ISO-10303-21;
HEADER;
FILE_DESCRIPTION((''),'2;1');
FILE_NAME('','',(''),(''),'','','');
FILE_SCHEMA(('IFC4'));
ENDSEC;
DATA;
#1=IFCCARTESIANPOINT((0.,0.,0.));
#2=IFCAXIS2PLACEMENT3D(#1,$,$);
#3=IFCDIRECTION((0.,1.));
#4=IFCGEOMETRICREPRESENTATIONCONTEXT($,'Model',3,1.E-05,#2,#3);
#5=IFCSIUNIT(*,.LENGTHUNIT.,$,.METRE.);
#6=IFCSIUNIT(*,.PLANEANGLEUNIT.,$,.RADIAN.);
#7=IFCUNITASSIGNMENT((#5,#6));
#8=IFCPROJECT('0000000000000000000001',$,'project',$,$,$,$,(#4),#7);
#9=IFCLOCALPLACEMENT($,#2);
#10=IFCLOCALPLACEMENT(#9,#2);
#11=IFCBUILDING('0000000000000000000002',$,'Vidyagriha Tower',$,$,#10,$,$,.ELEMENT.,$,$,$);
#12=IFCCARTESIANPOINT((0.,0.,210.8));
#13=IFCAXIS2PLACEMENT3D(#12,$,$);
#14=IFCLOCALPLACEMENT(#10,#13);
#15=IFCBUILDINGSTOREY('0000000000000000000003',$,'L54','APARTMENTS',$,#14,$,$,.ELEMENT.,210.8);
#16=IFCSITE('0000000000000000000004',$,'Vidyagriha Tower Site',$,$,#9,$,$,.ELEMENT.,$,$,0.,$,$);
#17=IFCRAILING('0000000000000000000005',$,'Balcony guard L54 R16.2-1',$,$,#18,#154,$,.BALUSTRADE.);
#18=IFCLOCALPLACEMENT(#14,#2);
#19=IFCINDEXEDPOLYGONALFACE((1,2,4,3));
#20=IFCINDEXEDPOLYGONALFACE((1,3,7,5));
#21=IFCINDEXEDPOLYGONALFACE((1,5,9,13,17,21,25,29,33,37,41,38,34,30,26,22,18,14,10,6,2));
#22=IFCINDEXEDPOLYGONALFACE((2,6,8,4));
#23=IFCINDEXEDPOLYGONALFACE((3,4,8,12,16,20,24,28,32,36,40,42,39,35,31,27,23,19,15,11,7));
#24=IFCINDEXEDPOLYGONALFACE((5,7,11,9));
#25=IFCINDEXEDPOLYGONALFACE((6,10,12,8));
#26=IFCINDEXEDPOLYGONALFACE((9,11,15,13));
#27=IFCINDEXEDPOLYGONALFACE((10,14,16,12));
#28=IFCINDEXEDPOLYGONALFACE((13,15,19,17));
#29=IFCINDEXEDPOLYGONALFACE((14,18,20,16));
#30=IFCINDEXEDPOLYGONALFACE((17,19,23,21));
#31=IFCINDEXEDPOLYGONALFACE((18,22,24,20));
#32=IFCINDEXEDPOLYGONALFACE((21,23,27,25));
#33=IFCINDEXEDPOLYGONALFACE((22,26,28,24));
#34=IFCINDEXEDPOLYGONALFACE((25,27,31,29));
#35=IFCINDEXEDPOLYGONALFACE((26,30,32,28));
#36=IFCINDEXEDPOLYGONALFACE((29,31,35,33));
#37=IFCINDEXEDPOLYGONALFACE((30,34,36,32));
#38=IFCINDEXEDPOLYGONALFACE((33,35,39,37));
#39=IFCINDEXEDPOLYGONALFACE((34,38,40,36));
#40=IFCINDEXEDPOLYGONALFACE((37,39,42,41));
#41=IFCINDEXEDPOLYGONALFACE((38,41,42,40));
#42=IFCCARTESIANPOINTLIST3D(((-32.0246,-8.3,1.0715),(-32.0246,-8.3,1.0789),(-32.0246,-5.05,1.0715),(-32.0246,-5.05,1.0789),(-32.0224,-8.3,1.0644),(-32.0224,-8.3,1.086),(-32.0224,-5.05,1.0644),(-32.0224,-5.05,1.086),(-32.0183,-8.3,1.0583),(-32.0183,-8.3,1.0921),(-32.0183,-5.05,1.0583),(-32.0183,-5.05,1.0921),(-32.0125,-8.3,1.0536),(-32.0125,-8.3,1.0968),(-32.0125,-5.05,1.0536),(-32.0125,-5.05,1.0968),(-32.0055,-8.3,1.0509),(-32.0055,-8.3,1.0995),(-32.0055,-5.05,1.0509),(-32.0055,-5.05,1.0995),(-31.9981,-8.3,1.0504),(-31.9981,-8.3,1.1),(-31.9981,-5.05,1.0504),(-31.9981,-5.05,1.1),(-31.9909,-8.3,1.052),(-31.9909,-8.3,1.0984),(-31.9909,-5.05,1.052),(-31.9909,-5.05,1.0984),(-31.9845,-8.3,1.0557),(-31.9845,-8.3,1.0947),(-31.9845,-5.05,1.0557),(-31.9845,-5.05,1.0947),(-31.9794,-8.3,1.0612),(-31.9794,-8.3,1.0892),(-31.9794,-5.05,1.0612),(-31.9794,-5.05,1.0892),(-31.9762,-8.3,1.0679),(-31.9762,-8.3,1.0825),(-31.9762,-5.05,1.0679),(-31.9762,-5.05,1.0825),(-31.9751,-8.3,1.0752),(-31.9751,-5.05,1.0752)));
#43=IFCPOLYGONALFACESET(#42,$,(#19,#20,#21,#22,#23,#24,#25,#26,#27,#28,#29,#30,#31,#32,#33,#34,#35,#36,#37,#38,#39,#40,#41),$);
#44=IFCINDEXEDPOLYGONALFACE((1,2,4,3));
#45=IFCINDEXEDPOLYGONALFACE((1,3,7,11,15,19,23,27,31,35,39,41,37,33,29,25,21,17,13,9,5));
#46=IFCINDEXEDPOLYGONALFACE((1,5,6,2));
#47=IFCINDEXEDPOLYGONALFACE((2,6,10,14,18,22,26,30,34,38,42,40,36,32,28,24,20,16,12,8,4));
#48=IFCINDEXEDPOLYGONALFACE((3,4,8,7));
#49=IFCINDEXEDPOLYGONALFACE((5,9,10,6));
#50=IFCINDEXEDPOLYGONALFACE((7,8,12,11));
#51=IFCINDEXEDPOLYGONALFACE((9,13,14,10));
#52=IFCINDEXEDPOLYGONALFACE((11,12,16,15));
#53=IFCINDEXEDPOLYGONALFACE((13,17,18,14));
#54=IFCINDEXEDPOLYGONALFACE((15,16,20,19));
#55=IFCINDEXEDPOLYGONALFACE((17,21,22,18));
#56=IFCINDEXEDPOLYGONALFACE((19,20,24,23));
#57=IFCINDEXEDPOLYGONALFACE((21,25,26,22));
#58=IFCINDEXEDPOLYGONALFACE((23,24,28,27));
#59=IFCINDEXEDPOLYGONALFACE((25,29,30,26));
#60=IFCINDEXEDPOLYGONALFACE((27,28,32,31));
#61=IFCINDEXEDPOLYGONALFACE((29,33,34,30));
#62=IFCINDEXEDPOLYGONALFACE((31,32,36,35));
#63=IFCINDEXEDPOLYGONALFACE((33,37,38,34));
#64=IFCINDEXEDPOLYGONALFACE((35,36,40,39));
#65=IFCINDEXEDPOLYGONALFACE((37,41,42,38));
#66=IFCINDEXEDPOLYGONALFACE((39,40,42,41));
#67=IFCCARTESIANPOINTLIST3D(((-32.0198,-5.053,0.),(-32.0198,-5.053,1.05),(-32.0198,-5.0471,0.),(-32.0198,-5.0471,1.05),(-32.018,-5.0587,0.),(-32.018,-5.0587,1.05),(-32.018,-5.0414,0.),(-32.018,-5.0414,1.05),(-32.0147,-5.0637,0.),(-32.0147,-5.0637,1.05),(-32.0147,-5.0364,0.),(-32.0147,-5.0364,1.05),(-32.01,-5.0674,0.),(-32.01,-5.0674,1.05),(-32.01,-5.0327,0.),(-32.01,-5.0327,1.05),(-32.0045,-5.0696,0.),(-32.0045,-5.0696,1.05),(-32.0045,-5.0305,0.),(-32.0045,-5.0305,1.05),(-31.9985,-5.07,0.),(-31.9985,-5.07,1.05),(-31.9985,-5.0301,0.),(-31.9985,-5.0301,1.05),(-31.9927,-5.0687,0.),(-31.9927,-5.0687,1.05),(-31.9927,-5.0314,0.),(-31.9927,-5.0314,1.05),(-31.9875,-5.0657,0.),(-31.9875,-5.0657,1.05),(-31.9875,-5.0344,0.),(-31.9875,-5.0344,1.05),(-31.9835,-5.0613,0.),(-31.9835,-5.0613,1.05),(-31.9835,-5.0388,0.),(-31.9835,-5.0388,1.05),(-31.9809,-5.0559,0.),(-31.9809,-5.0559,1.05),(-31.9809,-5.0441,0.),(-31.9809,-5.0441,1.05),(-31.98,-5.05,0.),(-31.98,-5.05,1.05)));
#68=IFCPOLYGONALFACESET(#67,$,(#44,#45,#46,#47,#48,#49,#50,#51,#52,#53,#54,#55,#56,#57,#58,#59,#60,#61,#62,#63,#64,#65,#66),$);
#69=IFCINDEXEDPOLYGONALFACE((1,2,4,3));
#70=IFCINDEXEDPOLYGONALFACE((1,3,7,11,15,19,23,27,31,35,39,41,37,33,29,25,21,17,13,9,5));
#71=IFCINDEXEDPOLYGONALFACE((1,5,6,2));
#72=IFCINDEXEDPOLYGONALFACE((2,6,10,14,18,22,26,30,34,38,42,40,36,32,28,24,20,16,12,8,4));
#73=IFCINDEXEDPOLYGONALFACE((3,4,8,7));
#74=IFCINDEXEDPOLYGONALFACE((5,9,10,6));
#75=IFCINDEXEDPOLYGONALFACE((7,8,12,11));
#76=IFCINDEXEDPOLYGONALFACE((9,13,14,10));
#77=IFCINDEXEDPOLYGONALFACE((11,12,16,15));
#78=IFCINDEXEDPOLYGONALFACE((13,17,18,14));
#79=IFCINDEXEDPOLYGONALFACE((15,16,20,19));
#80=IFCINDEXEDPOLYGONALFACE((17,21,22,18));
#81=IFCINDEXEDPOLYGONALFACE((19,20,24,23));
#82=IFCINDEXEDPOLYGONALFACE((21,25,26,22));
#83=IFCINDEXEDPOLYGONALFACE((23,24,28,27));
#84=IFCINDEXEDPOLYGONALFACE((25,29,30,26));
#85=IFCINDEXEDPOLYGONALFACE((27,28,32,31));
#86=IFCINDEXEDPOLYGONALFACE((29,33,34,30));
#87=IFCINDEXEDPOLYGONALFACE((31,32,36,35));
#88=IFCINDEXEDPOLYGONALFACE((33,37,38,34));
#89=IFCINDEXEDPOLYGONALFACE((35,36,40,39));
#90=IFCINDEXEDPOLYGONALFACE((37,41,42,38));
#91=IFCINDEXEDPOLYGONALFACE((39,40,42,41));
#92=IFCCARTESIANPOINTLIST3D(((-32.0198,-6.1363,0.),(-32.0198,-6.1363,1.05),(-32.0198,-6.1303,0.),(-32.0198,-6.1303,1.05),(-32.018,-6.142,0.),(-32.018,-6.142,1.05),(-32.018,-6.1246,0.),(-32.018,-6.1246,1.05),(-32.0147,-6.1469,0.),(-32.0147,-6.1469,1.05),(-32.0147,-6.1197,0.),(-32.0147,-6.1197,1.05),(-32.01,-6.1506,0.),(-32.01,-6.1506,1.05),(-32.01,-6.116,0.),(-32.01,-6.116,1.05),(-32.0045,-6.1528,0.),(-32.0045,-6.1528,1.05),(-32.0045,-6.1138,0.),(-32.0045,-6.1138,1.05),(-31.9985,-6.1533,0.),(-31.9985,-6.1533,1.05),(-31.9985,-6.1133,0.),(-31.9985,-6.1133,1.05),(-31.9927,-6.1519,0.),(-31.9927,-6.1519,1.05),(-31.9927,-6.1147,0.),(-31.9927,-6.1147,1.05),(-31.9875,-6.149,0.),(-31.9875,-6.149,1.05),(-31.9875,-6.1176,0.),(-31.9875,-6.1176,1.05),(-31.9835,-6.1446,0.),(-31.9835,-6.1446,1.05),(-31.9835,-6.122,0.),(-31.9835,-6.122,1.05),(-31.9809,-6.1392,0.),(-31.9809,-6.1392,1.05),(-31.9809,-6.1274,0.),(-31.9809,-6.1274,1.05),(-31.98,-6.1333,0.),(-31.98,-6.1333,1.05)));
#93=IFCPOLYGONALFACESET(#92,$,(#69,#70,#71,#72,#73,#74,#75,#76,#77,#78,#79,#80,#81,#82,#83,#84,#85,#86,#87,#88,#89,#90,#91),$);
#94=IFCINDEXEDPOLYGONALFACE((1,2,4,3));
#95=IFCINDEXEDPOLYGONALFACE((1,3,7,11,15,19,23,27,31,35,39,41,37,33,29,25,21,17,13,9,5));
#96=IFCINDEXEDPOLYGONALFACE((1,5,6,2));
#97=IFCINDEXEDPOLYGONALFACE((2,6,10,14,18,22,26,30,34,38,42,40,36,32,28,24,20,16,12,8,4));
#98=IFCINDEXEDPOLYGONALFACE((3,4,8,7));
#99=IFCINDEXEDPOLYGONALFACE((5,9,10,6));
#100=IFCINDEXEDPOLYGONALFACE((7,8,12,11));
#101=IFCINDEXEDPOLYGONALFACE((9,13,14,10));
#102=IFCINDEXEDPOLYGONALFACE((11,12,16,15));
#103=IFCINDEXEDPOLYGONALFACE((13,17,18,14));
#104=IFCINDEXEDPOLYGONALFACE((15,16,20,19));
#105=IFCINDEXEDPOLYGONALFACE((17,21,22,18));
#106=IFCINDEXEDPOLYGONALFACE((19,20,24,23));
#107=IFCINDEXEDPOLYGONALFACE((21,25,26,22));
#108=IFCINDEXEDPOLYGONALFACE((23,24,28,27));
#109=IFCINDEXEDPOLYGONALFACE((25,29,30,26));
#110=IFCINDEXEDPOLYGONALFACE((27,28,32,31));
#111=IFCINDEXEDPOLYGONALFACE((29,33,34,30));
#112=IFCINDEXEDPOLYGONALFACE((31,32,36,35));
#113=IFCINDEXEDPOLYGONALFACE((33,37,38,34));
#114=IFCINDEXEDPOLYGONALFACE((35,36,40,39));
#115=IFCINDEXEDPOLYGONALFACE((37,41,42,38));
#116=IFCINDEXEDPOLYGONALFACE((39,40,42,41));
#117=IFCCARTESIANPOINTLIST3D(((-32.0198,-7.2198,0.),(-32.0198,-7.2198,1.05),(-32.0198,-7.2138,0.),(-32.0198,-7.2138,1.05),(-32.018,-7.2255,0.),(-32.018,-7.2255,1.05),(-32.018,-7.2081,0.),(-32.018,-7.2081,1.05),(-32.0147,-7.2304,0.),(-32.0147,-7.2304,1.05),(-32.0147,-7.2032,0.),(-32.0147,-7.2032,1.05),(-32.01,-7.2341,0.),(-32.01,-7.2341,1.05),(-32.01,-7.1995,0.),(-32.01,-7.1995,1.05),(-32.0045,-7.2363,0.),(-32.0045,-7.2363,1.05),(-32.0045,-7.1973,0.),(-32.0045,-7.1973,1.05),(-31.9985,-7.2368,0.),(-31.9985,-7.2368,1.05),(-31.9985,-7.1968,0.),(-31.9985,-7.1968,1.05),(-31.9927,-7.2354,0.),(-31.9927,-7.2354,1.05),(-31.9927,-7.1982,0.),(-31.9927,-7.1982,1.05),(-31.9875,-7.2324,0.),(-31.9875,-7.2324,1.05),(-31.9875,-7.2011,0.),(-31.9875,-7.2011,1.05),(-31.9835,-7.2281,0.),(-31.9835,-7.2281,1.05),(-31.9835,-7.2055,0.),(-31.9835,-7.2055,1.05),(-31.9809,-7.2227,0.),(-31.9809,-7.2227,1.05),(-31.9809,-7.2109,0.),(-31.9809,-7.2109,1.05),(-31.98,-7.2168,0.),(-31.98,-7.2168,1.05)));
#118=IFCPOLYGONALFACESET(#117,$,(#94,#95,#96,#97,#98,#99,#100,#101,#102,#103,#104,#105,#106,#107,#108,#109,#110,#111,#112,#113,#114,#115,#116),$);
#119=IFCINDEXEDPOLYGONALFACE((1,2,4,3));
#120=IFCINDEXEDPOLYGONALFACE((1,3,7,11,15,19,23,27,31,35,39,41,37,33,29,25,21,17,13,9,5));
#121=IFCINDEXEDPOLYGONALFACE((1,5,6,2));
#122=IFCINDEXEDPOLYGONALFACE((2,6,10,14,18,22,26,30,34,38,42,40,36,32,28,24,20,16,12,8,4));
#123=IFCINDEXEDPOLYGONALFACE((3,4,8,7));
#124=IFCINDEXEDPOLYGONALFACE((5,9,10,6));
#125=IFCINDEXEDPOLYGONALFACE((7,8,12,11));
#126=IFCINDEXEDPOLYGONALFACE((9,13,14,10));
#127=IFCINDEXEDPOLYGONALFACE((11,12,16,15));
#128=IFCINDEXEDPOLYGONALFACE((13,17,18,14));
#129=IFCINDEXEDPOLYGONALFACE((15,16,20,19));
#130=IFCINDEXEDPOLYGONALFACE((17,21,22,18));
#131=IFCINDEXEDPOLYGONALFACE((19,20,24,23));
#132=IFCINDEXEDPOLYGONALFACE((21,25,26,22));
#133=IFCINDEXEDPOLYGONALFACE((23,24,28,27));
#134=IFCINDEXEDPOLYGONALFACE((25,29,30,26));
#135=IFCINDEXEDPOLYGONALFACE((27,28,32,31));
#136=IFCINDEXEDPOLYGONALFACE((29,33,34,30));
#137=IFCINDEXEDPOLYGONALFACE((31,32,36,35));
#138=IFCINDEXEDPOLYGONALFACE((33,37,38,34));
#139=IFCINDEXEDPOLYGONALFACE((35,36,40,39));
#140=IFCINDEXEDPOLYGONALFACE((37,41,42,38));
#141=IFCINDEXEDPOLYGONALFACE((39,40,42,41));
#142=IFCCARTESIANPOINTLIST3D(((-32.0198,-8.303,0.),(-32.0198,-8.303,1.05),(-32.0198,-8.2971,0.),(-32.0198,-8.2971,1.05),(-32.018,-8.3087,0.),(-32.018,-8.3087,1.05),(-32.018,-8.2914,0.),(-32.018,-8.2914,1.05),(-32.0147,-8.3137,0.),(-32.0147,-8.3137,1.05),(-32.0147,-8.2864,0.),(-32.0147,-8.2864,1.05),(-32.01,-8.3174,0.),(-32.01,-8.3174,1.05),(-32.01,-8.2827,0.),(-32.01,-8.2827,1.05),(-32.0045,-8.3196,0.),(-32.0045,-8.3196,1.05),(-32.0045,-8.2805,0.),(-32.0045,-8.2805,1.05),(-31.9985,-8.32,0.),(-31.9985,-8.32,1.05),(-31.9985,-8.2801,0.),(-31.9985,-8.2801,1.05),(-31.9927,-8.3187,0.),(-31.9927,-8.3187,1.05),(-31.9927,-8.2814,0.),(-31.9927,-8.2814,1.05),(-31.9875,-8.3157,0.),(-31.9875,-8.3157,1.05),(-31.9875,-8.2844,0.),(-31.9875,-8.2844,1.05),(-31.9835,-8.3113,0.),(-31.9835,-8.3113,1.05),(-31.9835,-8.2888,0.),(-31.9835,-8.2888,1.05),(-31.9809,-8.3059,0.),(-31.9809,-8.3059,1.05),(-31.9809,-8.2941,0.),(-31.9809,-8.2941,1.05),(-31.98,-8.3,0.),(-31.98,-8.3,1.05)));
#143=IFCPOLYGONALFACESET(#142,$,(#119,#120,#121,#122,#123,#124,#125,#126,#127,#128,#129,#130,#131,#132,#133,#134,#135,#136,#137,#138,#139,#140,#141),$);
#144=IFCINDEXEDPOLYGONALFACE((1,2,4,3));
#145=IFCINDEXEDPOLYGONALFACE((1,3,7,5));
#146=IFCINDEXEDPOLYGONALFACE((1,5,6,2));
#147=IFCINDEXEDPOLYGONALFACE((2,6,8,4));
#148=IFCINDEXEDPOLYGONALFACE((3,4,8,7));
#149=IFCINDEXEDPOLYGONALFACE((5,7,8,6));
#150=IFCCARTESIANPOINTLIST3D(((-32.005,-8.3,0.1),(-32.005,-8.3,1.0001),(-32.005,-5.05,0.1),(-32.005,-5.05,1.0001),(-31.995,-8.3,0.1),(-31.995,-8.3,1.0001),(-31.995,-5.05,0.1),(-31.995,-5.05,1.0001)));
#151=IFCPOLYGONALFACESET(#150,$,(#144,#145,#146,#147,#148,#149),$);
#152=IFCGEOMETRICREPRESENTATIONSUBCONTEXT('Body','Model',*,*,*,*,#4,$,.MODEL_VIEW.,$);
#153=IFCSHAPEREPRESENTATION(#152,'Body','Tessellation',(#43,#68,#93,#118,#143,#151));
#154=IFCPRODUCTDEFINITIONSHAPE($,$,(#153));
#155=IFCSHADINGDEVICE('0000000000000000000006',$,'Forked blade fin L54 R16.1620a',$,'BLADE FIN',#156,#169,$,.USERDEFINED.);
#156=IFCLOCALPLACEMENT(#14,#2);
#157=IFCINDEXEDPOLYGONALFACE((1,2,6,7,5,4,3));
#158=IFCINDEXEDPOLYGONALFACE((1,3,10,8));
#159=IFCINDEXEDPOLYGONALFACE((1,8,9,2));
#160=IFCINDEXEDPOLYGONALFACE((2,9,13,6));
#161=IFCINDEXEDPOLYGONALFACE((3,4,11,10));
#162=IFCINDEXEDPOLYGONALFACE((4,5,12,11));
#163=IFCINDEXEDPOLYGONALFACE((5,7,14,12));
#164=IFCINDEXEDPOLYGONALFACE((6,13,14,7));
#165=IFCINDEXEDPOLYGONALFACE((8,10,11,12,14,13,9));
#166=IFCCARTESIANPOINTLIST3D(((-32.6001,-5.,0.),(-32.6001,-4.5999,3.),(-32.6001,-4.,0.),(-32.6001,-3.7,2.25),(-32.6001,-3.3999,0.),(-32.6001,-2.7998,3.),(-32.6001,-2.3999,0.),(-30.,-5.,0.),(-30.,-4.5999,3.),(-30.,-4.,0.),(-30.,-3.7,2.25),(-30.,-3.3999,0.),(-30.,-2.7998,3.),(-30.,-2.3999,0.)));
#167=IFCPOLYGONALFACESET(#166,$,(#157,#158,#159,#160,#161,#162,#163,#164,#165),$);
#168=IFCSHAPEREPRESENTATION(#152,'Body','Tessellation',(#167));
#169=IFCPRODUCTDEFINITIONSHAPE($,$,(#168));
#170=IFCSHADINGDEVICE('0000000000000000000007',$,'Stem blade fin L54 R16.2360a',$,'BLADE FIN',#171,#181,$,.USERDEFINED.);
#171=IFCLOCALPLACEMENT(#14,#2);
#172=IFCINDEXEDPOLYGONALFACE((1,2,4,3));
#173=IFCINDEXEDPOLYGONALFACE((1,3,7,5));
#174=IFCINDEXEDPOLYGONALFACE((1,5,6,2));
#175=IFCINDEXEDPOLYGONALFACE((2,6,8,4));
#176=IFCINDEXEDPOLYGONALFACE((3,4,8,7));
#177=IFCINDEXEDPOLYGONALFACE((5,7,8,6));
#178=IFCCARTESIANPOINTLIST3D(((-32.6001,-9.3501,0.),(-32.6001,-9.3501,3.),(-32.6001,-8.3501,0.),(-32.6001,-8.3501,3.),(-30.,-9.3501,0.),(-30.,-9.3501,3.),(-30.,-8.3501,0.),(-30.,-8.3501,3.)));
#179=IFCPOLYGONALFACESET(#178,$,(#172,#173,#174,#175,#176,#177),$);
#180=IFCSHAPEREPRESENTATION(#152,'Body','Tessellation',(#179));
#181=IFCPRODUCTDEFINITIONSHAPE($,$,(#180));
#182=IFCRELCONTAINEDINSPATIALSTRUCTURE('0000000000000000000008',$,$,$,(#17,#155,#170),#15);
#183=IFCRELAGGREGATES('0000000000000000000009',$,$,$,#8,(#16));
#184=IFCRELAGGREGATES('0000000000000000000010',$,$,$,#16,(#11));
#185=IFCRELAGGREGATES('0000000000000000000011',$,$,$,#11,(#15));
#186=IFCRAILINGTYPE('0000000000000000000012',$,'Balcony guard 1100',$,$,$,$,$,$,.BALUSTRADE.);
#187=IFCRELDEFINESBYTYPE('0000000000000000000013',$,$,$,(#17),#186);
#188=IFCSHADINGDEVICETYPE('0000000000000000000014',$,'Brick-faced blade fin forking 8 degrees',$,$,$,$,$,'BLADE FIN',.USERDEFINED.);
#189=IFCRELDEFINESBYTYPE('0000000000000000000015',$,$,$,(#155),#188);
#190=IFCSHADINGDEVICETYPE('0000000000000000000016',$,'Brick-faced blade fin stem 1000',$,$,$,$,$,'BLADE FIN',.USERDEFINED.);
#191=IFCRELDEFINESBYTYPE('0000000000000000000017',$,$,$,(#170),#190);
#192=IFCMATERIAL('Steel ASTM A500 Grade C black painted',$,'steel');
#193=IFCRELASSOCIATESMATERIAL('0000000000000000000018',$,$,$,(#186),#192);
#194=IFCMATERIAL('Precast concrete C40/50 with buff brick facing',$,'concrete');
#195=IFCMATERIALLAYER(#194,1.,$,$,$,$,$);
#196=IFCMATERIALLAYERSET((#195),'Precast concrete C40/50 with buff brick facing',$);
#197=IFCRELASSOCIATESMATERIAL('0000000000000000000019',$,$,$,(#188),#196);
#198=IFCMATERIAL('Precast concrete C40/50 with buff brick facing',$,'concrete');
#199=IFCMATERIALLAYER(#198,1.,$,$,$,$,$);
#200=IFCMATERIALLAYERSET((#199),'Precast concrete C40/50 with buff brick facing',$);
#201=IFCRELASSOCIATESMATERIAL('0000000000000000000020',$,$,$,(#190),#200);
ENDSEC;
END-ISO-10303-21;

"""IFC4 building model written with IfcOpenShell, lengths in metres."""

from ifc_helpers import new_model, si_unit, direction, frame, origin, origin_2d, place, context, subcontext, project, spatial, polyline, rectangle, circle, outline, extrude, material, layer, layer_set, type_object, element, save


model = new_model("IFC4")

# Units and contexts
model_context = context("Model", 3, precision=1e-05, world=origin(), true_north=direction((0.0, 1.0)))
body_context = subcontext(model_context, "Body", "Model", "MODEL_VIEW")
ifc_project = project(units=[si_unit("LENGTHUNIT", "METRE"), si_unit("PLANEANGLEUNIT", "RADIAN")], contexts=[model_context])

# Site, building, storey
site_placement = place(None, origin())
site = spatial("IfcSite", under=ifc_project, at=site_placement, Name="Vidyagriha Tower Site", CompositionType="ELEMENT", RefElevation=0.0)
building_placement = place(site_placement, origin())
building = spatial("IfcBuilding", under=site, at=building_placement, Name="Vidyagriha Tower", CompositionType="ELEMENT")
storey_placement = place(building_placement, frame((0.0, 0.0, 210.8)))
storey = spatial("IfcBuildingStorey", under=building, at=storey_placement, Name="L54", Description="APARTMENTS", CompositionType="ELEMENT", Elevation=210.8)

# Railing
ifc_material_1 = material(Name="Steel ASTM A500 Grade C black painted", Category="steel")
railing_type_1 = type_object("IfcRailingType", Name="Balcony guard 1100", PredefinedType="BALUSTRADE", material=ifc_material_1)
railing_1_placement = place(storey_placement, frame((-32.0, -5.05, 0.0)))
element("IfcRailing", 1, at=railing_1_placement, inside=storey, type_object=railing_type_1, Name="Balcony guard L54 R16.2-1", PredefinedType="BALUSTRADE", context=body_context, shape_type="SweptSolid", body=[
    extrude(circle(Radius=0.0249, at=origin_2d()), frame((0.0, 0.0, 1.0752), z_axis=(0.0, -1.0, 0.0), x_axis=(1.0, 0.0, 0.0)), (0.0, 0.0, 1.0), 3.25),
    extrude(circle(Radius=0.02, at=origin_2d()), origin(), (0.0, 0.0, 1.0), 1.05),
    extrude(circle(Radius=0.02, at=origin_2d()), frame((0.0, -1.0833, 0.0)), (0.0, 0.0, 1.0), 1.05),
    extrude(circle(Radius=0.02, at=origin_2d()), frame((0.0, -2.1667, 0.0)), (0.0, 0.0, 1.0), 1.05),
    extrude(circle(Radius=0.02, at=origin_2d()), frame((0.0, -3.25, 0.0)), (0.0, 0.0, 1.0), 1.05),
    extrude(rectangle(XDim=0.01, YDim=0.9001, at=origin_2d()), frame((0.0, 0.0, 0.55), z_axis=(0.0, -1.0, 0.0), x_axis=(1.0, 0.0, 0.0)), (0.0, 0.0, 1.0), 3.25),
])

# Shading devices
ifc_material_2 = material(Name="Precast concrete C40/50 with buff brick facing", Category="concrete")
ifc_layer_1 = layer(ifc_material_2, 1.0)
ifc_layer_set_1 = layer_set([ifc_layer_1], Name="Precast concrete C40/50 with buff brick facing")
shading_device_type_1 = type_object("IfcShadingDeviceType", Name="Brick-faced blade fin forking 8 degrees", ElementType="BLADE FIN", PredefinedType="USERDEFINED", material=ifc_layer_set_1)
shading_device_1_placement = place(storey_placement, frame((-31.3, -2.3999, 0.0), z_axis=(0.0, 0.0, 1.0), x_axis=(0.0, -1.0, 0.0)))
element("IfcShadingDevice", 2, at=shading_device_1_placement, inside=storey, type_object=shading_device_type_1, Name="Forked blade fin L54 R16.1620a", ObjectType="BLADE FIN", PredefinedType="USERDEFINED", context=body_context, shape_type="SweptSolid", body=[
    extrude(outline(polyline([(1.0, 0.0), (1.3, 2.25), (1.6001, 0.0), (2.6001, 0.0), (2.2, 3.0), (0.3999, 3.0), (0.0, 0.0), (1.0, 0.0)])), frame((0.0, 1.3, 0.0), z_axis=(0.0, -1.0, 0.0), x_axis=(1.0, 0.0, 0.0)), (0.0, 0.0, 1.0), 2.6001),
])
ifc_material_3 = material(Name="Precast concrete C40/50 with buff brick facing", Category="concrete")
ifc_layer_2 = layer(ifc_material_3, 1.0)
ifc_layer_set_2 = layer_set([ifc_layer_2], Name="Precast concrete C40/50 with buff brick facing")
shading_device_type_2 = type_object("IfcShadingDeviceType", Name="Brick-faced blade fin stem 1000", ElementType="BLADE FIN", PredefinedType="USERDEFINED", material=ifc_layer_set_2)
shading_device_2_placement = place(storey_placement, frame((-31.3, -8.3501, 0.0), z_axis=(0.0, 0.0, 1.0), x_axis=(0.0, -1.0, 0.0)))
element("IfcShadingDevice", 3, at=shading_device_2_placement, inside=storey, type_object=shading_device_type_2, Name="Stem blade fin L54 R16.2360a", ObjectType="BLADE FIN", PredefinedType="USERDEFINED", context=body_context, shape_type="SweptSolid", body=[
    extrude(outline(polyline([(0.0, 0.0), (1.0, 0.0), (1.0, 3.0), (0.0, 3.0), (0.0, 0.0)])), frame((0.0, 1.3, 0.0), z_axis=(0.0, -1.0, 0.0), x_axis=(1.0, 0.0, 0.0)), (0.0, 0.0, 1.0), 2.6001),
])

save(model, "model.ifc")
